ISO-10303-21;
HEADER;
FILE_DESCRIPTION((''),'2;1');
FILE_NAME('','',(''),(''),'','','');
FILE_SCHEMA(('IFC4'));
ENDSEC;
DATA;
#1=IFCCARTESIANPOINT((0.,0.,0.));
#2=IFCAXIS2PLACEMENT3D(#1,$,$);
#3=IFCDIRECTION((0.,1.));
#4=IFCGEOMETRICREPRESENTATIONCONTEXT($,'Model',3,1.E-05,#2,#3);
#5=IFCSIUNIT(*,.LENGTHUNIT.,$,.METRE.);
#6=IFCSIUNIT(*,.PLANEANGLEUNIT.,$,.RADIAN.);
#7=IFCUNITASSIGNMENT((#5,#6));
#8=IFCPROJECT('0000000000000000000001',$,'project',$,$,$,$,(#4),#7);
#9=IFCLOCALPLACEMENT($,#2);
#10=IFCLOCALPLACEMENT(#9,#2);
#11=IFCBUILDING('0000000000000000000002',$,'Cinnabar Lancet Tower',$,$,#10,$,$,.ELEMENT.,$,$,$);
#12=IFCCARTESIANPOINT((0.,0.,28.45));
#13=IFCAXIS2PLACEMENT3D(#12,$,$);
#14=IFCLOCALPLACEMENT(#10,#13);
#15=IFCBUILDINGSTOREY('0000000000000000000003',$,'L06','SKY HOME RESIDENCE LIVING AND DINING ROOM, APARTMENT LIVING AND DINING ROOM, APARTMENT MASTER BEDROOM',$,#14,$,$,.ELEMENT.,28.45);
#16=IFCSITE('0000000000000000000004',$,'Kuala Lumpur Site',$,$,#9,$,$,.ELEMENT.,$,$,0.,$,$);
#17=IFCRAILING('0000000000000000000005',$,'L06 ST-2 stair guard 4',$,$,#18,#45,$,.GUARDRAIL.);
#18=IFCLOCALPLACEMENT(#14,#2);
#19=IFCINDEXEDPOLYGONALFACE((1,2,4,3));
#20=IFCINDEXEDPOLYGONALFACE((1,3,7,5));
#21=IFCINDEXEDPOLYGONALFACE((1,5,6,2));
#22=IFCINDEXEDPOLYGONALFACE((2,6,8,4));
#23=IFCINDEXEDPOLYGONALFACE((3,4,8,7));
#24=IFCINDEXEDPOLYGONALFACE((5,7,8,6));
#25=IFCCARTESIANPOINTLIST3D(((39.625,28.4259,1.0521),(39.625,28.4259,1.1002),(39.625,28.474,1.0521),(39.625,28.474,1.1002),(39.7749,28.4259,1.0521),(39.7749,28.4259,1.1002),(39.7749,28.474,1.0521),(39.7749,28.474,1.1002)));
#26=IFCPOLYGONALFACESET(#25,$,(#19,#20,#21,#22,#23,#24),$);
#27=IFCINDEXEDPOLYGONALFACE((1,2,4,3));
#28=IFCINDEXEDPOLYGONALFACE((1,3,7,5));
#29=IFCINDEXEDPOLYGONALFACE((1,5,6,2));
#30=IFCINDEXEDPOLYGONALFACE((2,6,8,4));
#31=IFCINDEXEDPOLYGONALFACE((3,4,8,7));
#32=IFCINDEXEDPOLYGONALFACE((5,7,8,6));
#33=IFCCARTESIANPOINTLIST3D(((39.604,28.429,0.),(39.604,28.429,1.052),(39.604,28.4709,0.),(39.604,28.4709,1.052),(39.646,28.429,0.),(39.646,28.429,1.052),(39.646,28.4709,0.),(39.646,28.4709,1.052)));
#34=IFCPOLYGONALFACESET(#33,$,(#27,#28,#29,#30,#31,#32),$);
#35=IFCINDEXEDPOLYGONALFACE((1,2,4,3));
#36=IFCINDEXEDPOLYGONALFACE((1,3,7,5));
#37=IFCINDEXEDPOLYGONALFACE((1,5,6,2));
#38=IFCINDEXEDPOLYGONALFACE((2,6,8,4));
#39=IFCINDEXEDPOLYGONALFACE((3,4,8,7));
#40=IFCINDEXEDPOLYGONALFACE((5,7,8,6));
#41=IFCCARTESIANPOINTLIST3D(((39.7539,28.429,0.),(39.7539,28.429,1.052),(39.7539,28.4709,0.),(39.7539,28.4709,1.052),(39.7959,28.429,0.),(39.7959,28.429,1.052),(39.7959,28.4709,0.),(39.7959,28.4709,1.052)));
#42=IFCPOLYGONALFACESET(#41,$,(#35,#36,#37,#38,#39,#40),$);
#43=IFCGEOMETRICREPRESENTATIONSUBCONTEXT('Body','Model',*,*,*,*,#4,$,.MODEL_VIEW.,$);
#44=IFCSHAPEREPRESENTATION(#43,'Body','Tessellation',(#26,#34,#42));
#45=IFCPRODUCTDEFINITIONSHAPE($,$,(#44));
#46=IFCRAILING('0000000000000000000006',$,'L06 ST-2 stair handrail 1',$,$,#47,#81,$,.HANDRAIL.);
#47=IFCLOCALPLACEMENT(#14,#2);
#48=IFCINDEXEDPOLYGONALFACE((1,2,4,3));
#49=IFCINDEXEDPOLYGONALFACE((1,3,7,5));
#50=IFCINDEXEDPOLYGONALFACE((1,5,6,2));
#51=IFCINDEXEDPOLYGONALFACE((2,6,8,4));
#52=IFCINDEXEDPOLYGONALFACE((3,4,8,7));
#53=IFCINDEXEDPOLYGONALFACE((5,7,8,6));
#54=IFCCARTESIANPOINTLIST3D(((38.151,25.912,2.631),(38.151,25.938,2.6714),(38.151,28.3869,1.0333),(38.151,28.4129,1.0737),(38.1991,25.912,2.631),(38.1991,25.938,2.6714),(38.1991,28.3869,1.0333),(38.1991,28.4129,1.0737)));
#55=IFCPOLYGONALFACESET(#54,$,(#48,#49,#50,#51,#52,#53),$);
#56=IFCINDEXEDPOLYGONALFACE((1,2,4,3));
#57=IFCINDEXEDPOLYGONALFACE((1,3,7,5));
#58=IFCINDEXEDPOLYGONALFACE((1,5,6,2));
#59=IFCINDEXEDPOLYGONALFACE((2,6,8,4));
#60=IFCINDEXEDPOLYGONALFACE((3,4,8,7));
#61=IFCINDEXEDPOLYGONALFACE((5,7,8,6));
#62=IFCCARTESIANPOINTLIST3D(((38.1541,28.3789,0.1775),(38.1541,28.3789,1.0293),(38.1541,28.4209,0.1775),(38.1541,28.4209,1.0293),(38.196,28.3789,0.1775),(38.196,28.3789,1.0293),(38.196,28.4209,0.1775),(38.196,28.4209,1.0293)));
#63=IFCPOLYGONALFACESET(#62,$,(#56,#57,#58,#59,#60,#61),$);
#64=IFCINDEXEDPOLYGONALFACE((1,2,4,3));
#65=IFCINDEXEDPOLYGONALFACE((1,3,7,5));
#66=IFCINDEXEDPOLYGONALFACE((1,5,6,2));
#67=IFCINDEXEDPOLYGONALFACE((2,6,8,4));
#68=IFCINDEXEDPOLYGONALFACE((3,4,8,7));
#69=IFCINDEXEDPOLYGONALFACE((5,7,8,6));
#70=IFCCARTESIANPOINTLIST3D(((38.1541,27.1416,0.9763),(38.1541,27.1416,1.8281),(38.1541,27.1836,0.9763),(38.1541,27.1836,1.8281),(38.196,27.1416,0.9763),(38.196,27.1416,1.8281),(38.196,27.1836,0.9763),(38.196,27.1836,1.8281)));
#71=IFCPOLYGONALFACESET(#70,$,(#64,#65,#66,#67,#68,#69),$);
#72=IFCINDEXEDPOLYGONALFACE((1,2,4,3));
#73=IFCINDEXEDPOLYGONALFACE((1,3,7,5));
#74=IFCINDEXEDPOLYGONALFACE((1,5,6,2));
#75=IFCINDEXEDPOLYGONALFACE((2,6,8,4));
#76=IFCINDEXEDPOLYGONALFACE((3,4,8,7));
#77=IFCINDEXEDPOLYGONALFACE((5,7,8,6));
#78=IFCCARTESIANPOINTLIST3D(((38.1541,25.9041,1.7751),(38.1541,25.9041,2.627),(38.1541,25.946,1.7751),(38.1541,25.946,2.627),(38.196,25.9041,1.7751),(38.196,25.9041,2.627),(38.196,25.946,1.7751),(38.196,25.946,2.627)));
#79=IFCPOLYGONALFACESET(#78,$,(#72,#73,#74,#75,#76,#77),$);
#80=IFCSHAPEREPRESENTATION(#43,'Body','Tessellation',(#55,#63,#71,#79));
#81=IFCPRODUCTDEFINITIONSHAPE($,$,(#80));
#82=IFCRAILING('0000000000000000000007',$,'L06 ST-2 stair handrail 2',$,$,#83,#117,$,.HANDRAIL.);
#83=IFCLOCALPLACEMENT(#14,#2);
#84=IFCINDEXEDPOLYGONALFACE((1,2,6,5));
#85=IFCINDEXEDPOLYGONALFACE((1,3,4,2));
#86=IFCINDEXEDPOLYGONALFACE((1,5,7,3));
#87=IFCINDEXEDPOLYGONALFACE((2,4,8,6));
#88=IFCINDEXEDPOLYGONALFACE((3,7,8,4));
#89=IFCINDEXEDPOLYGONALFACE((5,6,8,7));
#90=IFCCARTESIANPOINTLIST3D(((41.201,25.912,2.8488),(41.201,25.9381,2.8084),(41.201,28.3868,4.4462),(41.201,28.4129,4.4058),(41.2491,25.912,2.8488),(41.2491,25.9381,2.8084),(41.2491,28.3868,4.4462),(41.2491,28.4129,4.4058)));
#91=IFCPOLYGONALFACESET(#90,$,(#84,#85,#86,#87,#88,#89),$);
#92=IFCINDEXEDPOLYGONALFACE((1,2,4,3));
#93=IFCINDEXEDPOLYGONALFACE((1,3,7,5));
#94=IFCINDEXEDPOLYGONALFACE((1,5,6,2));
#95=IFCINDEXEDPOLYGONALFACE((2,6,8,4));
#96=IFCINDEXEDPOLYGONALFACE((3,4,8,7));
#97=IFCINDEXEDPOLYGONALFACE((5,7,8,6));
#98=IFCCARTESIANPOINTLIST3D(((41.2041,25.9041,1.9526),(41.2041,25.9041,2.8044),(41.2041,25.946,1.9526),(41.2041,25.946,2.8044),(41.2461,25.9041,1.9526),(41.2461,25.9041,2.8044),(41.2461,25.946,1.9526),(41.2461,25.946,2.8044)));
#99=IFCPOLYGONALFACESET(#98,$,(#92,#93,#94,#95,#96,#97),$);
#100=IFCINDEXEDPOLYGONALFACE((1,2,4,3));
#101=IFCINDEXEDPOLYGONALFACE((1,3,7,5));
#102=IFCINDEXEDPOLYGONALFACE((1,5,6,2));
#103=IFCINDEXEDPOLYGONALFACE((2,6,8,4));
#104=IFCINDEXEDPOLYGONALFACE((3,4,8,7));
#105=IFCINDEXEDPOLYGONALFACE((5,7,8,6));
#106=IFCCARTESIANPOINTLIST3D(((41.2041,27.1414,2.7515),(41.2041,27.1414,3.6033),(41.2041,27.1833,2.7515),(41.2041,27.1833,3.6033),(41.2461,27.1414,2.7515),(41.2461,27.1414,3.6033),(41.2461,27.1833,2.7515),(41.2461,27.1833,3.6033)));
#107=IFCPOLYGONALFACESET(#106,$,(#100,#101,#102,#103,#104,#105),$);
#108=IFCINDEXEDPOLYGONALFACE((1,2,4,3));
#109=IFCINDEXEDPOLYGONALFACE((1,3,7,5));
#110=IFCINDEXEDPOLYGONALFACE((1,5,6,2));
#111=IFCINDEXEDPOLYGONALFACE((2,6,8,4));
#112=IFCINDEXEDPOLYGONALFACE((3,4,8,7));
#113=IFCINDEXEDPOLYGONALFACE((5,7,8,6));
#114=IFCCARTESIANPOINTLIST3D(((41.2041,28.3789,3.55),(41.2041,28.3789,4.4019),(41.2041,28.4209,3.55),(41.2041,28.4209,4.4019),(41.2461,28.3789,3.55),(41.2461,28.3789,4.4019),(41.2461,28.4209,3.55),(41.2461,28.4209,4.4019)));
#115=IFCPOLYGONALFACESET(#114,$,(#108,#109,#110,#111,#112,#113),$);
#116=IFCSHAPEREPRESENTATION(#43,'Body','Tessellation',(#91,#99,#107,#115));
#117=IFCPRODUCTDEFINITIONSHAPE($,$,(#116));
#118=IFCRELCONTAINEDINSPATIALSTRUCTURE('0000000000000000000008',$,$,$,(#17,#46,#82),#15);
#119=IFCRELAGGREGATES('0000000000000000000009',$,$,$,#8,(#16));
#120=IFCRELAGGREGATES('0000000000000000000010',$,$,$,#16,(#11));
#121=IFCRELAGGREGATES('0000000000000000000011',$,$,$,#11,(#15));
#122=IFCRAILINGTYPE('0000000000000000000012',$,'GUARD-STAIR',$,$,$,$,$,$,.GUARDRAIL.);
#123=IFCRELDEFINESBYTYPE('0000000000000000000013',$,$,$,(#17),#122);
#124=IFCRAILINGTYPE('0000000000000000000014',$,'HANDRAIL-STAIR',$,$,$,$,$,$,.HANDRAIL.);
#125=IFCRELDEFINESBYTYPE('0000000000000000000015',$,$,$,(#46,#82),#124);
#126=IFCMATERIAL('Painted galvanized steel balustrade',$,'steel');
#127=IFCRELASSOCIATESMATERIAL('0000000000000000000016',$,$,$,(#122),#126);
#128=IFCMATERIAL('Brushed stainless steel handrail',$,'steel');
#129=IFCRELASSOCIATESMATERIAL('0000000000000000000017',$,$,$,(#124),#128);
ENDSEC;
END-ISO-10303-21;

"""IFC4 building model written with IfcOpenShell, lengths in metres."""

from ifc_helpers import new_model, si_unit, direction, frame, origin, origin_2d, place, context, subcontext, project, spatial, rectangle, extrude, material, type_object, element, save


model = new_model("IFC4")

# Units and contexts
model_context = context("Model", 3, precision=1e-05, world=origin(), true_north=direction((0.0, 1.0)))
body_context = subcontext(model_context, "Body", "Model", "MODEL_VIEW")
ifc_project = project(units=[si_unit("LENGTHUNIT", "METRE"), si_unit("PLANEANGLEUNIT", "RADIAN")], contexts=[model_context])

# Site, building, storey
site_placement = place(None, origin())
site = spatial("IfcSite", under=ifc_project, at=site_placement, Name="Kuala Lumpur Site", CompositionType="ELEMENT", RefElevation=0.0)
building_placement = place(site_placement, origin())
building = spatial("IfcBuilding", under=site, at=building_placement, Name="Cinnabar Lancet Tower", CompositionType="ELEMENT")
storey_placement = place(building_placement, frame((0.0, 0.0, 28.45)))
storey = spatial("IfcBuildingStorey", under=building, at=storey_placement, Name="L06", Description="SKY HOME RESIDENCE LIVING AND DINING ROOM, APARTMENT LIVING AND DINING ROOM, APARTMENT MASTER BEDROOM", CompositionType="ELEMENT", Elevation=28.45)

# Railings
ifc_material_1 = material(Name="Painted galvanized steel balustrade", Category="steel")
railing_type_1 = type_object("IfcRailingType", Name="GUARD-STAIR", PredefinedType="GUARDRAIL", material=ifc_material_1)
railing_1_placement = place(storey_placement, frame((39.625, 28.45, 0.0)))
element("IfcRailing", 1, at=railing_1_placement, inside=storey, type_object=railing_type_1, Name="L06 ST-2 stair guard 4", PredefinedType="GUARDRAIL", context=body_context, shape_type="SweptSolid", body=[
    extrude(rectangle(XDim=0.0481, YDim=0.0481, at=origin_2d()), frame((0.0, 0.0, 1.0762), z_axis=(1.0, 0.0, 0.0), x_axis=(0.0, 1.0, 0.0)), (0.0, 0.0, 1.0), 0.1499),
    extrude(rectangle(XDim=0.042, YDim=0.042, at=origin_2d()), origin(), (0.0, 0.0, 1.0), 1.052),
    extrude(rectangle(XDim=0.042, YDim=0.042, at=origin_2d()), frame((0.1499, 0.0, 0.0)), (0.0, 0.0, 1.0), 1.052),
])
ifc_material_2 = material(Name="Brushed stainless steel handrail", Category="steel")
railing_type_2 = type_object("IfcRailingType", Name="HANDRAIL-STAIR", PredefinedType="HANDRAIL", material=ifc_material_2)
railing_2_placement = place(storey_placement, frame((38.175, 28.3999, 0.1775)))
element("IfcRailing", 2, at=railing_2_placement, inside=storey, type_object=railing_type_2, Name="L06 ST-2 stair handrail 1", PredefinedType="HANDRAIL", context=body_context, shape_type="SweptSolid", body=[
    extrude(rectangle(XDim=0.0481, YDim=0.0481, at=origin_2d()), frame((0.0, 0.0, 0.876), z_axis=(0.0, -0.840146, 0.542361), x_axis=(1.0, 0.0, 0.0)), (0.0, 0.0, 1.0), 2.9458),
    extrude(rectangle(XDim=0.042, YDim=0.042, at=origin_2d()), origin(), (0.0, 0.0, 1.0), 0.8518),
    extrude(rectangle(XDim=0.042, YDim=0.042, at=origin_2d()), frame((0.0, -1.2373, 0.7988)), (0.0, 0.0, 1.0), 0.8518),
    extrude(rectangle(XDim=0.042, YDim=0.042, at=origin_2d()), frame((0.0, -2.4749, 1.5977)), (0.0, 0.0, 1.0), 0.8518),
])
railing_3_placement = place(storey_placement, frame((41.2251, 25.925, 1.9526)))
element("IfcRailing", 3, at=railing_3_placement, inside=storey, type_object=railing_type_2, Name="L06 ST-2 stair handrail 2", PredefinedType="HANDRAIL", context=body_context, shape_type="SweptSolid", body=[
    extrude(rectangle(XDim=0.0481, YDim=0.0481, at=origin_2d()), frame((0.0, 0.0, 0.876), z_axis=(0.0, 0.840183, 0.542302), x_axis=(-1.0, 0.0, 0.0)), (0.0, 0.0, 1.0), 2.9456),
    extrude(rectangle(XDim=0.042, YDim=0.042, at=origin_2d()), origin(), (0.0, 0.0, 1.0), 0.8518),
    extrude(rectangle(XDim=0.042, YDim=0.042, at=origin_2d()), frame((0.0, 1.2373, 0.7988)), (0.0, 0.0, 1.0), 0.8518),
    extrude(rectangle(XDim=0.042, YDim=0.042, at=origin_2d()), frame((0.0, 2.4749, 1.5974)), (0.0, 0.0, 1.0), 0.8518),
])

save(model, "model.ifc")
